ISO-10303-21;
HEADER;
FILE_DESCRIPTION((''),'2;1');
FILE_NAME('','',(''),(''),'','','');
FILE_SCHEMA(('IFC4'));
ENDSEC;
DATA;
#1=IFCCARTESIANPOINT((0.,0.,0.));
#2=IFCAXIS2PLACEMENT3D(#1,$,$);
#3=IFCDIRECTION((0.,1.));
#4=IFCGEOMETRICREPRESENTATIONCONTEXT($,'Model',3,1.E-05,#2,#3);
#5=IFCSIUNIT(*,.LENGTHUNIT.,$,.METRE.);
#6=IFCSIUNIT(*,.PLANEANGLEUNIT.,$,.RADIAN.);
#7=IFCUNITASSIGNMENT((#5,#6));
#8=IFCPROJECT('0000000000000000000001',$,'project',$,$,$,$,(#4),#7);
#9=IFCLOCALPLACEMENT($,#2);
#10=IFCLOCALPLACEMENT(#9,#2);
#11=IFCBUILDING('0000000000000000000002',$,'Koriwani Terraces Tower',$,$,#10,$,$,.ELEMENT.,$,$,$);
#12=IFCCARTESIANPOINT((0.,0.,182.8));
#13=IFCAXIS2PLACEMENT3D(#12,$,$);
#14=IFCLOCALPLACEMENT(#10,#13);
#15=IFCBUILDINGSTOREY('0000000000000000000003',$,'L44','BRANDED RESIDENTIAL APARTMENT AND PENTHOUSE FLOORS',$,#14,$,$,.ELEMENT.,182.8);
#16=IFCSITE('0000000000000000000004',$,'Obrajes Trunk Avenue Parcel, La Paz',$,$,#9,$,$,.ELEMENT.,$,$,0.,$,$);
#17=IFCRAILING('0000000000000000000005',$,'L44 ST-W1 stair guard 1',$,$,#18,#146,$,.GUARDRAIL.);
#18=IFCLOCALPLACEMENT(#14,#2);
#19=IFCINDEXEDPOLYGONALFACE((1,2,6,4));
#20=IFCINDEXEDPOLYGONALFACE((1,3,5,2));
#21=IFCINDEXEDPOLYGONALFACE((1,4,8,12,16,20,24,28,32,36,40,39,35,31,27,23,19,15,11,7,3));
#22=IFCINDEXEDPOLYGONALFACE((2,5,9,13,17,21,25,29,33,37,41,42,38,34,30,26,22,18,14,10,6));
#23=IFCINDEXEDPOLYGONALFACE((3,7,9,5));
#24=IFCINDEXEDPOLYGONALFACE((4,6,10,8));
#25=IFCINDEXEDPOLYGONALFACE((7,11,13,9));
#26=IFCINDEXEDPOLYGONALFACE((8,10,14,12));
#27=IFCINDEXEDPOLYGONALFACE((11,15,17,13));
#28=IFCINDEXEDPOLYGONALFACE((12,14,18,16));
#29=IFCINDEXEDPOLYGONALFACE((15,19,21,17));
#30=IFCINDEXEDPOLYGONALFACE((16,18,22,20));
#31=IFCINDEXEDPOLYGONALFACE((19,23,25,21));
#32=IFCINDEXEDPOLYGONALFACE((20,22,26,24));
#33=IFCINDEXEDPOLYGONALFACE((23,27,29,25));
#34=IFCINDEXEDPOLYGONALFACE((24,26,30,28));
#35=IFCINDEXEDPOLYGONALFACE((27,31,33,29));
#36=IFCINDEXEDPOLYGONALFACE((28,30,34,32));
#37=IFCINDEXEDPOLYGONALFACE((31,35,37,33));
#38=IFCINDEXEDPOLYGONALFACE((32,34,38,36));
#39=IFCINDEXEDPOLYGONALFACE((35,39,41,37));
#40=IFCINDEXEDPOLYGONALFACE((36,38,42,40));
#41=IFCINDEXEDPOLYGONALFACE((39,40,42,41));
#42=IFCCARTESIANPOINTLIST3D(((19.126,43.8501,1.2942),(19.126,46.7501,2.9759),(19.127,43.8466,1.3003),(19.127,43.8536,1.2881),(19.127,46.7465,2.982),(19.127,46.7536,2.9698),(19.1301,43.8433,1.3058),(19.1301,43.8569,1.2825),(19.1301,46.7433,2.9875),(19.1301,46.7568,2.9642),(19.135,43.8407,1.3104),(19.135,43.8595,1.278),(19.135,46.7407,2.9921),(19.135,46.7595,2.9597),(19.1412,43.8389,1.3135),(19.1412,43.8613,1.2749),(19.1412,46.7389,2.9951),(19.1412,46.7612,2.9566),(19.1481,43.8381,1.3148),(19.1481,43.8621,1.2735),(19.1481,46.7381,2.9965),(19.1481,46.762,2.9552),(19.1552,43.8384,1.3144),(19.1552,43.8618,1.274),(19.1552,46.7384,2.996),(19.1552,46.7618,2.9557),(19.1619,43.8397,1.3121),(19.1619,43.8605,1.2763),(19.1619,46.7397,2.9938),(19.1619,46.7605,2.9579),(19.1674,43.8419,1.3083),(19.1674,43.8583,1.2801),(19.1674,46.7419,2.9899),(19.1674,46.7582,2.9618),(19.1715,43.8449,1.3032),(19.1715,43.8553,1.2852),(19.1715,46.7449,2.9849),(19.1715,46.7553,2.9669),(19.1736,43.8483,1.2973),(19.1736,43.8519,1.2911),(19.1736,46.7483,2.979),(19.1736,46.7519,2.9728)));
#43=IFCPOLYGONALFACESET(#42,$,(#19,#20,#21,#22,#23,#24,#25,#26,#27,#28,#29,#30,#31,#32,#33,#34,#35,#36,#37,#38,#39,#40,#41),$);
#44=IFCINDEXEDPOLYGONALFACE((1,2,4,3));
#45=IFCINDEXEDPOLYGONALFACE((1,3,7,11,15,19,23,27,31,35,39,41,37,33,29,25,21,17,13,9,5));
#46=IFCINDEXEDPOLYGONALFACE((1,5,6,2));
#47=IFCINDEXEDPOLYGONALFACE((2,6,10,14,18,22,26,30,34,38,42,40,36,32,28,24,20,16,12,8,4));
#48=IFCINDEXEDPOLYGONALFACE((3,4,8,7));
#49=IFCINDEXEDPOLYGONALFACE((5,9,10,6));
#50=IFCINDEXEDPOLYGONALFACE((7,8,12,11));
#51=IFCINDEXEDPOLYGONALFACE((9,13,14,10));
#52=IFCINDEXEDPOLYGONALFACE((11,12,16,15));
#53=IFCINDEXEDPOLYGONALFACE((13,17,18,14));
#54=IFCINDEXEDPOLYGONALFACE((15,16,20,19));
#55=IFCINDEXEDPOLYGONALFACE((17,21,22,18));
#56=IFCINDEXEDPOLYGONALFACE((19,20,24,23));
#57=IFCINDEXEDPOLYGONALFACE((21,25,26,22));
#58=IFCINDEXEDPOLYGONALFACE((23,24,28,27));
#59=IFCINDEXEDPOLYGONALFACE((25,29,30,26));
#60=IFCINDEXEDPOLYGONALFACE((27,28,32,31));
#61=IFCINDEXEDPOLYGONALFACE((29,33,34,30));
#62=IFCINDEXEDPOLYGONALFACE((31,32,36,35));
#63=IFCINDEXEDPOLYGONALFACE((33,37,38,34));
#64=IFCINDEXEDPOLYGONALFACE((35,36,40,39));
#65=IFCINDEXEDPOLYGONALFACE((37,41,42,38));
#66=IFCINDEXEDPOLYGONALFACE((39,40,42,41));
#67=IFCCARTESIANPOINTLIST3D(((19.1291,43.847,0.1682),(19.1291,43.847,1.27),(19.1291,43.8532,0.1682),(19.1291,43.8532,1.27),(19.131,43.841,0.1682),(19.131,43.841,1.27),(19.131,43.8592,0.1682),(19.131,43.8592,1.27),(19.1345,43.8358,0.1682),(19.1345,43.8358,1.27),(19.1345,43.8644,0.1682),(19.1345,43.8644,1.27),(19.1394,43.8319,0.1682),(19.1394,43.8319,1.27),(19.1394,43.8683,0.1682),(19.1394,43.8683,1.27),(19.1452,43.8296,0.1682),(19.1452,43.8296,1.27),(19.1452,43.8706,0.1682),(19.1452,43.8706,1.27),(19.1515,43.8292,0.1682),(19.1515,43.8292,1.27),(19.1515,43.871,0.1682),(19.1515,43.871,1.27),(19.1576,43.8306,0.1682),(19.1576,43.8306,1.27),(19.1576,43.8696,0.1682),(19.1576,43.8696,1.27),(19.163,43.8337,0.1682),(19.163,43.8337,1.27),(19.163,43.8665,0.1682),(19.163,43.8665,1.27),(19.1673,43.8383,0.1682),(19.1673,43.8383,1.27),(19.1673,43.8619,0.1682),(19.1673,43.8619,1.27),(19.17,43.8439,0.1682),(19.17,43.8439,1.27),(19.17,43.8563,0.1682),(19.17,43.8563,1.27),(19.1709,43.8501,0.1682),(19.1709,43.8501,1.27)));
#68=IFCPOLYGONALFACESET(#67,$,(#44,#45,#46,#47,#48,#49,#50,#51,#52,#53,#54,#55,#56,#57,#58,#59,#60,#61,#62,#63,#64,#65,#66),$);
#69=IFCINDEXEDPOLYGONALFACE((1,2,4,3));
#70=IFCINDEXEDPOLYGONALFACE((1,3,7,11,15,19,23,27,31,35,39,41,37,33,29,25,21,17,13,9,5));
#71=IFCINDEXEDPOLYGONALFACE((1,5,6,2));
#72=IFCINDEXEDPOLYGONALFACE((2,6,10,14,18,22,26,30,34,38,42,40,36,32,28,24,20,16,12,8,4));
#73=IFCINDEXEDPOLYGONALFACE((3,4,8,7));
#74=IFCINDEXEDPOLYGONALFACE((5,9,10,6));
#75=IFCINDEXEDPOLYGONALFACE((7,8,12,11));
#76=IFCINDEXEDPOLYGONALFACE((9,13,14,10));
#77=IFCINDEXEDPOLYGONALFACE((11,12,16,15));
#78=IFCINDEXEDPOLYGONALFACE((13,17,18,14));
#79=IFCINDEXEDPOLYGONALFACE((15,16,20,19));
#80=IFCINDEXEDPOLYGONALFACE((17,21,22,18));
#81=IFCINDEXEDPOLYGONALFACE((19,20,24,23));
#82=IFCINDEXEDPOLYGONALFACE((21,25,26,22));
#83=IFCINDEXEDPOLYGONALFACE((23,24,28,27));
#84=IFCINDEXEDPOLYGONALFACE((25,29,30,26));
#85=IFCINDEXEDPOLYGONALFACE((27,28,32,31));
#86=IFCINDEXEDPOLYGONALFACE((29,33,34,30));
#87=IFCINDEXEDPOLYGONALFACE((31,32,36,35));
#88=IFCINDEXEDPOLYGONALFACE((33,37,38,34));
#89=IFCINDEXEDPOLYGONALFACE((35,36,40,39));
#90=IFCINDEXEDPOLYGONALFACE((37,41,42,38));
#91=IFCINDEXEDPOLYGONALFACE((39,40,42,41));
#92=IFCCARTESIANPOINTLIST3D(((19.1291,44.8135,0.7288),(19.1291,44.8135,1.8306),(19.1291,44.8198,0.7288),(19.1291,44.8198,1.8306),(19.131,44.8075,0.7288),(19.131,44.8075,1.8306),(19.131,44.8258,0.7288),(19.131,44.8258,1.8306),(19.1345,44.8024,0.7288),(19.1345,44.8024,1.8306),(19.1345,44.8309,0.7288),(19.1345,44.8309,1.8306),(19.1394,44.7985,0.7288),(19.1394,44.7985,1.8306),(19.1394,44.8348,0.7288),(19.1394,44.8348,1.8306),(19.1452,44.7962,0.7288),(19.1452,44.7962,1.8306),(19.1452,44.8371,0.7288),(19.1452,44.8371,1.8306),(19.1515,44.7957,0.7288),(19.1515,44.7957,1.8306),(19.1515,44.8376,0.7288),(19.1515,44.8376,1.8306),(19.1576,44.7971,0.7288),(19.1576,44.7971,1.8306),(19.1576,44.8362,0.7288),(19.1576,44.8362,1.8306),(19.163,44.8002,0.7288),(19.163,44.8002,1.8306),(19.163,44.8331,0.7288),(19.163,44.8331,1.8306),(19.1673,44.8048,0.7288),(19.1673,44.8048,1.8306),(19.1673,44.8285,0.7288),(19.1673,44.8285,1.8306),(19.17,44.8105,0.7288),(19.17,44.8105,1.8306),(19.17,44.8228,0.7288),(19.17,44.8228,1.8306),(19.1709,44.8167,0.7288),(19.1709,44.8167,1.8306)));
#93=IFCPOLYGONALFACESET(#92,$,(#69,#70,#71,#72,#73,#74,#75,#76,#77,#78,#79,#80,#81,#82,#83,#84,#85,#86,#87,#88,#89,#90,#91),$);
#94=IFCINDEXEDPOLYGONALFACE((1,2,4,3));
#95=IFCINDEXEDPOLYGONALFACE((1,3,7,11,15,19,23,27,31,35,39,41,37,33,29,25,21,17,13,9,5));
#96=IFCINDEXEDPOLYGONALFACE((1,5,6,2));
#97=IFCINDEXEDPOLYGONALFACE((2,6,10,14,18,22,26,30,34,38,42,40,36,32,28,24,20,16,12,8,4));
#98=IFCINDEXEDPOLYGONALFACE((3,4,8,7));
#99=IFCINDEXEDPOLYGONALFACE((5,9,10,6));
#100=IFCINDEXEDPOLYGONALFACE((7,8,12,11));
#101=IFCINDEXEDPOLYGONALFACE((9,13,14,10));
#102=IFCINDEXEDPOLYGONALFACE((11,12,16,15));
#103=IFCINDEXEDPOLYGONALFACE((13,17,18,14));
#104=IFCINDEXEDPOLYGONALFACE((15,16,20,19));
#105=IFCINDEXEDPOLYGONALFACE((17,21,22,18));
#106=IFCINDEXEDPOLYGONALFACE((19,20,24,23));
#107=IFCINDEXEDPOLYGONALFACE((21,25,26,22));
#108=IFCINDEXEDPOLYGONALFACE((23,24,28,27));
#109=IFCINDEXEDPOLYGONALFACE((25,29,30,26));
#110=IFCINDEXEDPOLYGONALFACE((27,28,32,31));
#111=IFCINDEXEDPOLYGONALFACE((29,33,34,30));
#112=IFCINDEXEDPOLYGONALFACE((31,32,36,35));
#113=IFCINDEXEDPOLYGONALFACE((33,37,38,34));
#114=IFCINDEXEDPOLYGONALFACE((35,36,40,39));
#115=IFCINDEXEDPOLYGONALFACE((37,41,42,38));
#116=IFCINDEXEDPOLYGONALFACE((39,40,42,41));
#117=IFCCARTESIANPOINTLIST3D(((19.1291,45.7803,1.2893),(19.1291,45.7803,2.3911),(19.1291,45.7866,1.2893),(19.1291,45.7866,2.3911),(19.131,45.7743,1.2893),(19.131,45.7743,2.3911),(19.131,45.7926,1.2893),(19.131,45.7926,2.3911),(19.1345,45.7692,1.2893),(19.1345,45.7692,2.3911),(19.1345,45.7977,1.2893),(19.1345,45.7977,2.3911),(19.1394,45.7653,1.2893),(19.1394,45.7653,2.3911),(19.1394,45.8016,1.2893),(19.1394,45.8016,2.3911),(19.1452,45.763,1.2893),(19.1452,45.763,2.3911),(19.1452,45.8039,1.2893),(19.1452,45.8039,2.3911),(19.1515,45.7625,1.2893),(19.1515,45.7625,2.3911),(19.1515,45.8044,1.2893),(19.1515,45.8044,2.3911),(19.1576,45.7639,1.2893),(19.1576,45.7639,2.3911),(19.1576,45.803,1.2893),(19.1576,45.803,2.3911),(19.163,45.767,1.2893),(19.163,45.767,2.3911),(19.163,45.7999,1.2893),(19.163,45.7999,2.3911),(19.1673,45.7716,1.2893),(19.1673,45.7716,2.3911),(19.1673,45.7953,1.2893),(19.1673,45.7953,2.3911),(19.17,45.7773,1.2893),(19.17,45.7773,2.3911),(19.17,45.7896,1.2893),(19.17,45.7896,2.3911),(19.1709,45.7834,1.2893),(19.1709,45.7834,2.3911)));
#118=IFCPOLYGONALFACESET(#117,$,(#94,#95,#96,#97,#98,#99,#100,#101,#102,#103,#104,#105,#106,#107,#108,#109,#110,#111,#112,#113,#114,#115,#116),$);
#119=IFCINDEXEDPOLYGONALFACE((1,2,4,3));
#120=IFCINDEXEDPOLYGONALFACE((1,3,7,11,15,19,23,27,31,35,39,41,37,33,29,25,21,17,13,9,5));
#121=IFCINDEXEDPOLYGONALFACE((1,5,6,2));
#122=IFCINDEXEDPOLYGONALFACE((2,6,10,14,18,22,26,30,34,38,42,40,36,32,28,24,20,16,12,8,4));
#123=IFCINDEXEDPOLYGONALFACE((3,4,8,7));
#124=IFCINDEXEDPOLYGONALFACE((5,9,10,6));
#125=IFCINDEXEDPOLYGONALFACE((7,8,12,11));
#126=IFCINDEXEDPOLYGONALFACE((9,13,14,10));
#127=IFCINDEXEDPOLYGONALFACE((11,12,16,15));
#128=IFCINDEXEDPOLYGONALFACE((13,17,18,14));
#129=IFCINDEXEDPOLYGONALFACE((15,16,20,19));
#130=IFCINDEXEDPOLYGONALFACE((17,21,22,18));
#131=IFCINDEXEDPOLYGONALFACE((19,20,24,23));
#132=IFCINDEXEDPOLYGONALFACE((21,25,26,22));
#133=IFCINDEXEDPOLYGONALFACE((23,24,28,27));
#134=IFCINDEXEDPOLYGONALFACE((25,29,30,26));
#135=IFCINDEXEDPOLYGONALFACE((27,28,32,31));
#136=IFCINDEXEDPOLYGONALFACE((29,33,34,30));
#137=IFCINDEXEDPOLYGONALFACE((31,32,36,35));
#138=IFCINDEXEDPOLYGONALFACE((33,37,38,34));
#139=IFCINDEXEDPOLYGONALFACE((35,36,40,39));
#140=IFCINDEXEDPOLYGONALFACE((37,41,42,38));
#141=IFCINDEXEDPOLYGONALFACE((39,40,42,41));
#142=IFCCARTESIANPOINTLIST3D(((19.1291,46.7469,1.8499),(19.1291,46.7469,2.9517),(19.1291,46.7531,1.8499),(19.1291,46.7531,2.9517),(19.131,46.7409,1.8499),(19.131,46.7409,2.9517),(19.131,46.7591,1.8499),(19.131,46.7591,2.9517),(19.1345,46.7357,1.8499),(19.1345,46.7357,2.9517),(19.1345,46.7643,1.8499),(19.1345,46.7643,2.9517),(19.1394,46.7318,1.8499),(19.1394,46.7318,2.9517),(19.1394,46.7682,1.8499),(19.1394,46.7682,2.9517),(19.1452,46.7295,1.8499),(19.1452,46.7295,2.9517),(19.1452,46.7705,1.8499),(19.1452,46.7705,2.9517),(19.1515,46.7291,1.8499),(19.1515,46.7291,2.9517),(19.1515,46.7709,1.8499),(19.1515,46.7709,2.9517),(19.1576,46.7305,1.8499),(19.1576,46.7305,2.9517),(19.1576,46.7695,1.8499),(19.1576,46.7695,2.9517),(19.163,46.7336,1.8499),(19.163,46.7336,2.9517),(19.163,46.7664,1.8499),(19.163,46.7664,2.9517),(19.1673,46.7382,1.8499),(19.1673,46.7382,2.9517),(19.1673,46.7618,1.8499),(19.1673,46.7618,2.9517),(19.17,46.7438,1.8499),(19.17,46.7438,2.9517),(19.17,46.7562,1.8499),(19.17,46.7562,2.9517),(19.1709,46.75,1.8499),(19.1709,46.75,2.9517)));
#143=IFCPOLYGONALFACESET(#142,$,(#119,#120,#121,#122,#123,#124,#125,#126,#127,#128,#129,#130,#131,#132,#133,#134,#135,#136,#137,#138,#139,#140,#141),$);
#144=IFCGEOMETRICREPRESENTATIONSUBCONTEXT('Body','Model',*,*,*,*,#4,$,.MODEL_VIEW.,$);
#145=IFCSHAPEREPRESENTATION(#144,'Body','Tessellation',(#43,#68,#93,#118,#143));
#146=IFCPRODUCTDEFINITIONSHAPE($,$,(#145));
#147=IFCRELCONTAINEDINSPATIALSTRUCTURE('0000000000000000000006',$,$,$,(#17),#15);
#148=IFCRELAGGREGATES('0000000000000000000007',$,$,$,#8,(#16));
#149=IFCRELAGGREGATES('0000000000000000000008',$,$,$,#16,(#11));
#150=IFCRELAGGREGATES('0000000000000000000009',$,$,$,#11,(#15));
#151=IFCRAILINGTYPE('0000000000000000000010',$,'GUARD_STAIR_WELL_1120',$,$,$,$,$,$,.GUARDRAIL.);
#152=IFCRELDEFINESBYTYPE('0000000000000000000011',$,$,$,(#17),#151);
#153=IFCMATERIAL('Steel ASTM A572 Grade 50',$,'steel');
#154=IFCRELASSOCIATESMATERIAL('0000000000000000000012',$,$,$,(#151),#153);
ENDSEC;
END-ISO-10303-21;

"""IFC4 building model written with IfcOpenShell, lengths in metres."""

from ifc_helpers import new_model, si_unit, direction, frame, origin, origin_2d, place, context, subcontext, project, spatial, circle, extrude, material, type_object, element, save


model = new_model("IFC4")

# Units and contexts
model_context = context("Model", 3, precision=1e-05, world=origin(), true_north=direction((0.0, 1.0)))
body_context = subcontext(model_context, "Body", "Model", "MODEL_VIEW")
ifc_project = project(units=[si_unit("LENGTHUNIT", "METRE"), si_unit("PLANEANGLEUNIT", "RADIAN")], contexts=[model_context])

# Site, building, storey
site_placement = place(None, origin())
site = spatial("IfcSite", under=ifc_project, at=site_placement, Name="Obrajes Trunk Avenue Parcel, La Paz", CompositionType="ELEMENT", RefElevation=0.0)
building_placement = place(site_placement, origin())
building = spatial("IfcBuilding", under=site, at=building_placement, Name="Koriwani Terraces Tower", CompositionType="ELEMENT")
storey_placement = place(building_placement, frame((0.0, 0.0, 182.8)))
storey = spatial("IfcBuildingStorey", under=building, at=storey_placement, Name="L44", Description="BRANDED RESIDENTIAL APARTMENT AND PENTHOUSE FLOORS", CompositionType="ELEMENT", Elevation=182.8)

# Shared definitions
ifc_material_1 = material(Name="Steel ASTM A572 Grade 50", Category="steel")

# Railing
railing_type_1 = type_object("IfcRailingType", Name="GUARD_STAIR_WELL_1120", PredefinedType="GUARDRAIL", material=ifc_material_1)
railing_1_placement = place(storey_placement, frame((19.1499, 43.8501, 0.1682)))
element("IfcRailing", 1, at=railing_1_placement, inside=storey, type_object=railing_type_1, Name="L44 ST-W1 stair guard 1", PredefinedType="GUARDRAIL", context=body_context, shape_type="SweptSolid", body=[
    extrude(circle(Radius=0.0239, at=origin_2d()), frame((0.0, 0.0, 1.126), z_axis=(0.0, 0.86507, 0.501651), x_axis=(-1.0, 0.0, 0.0)), (0.0, 0.0, 1.0), 3.3523),
    extrude(circle(Radius=0.021, at=origin_2d()), origin(), (0.0, 0.0, 1.0), 1.1018),
    extrude(circle(Radius=0.021, at=origin_2d()), frame((0.0, 0.9666, 0.5605)), (0.0, 0.0, 1.0), 1.1018),
    extrude(circle(Radius=0.021, at=origin_2d()), frame((0.0, 1.9333, 1.1211)), (0.0, 0.0, 1.0), 1.1018),
    extrude(circle(Radius=0.021, at=origin_2d()), frame((0.0, 2.8999, 1.6816)), (0.0, 0.0, 1.0), 1.1018),
])

save(model, "model.ifc")
